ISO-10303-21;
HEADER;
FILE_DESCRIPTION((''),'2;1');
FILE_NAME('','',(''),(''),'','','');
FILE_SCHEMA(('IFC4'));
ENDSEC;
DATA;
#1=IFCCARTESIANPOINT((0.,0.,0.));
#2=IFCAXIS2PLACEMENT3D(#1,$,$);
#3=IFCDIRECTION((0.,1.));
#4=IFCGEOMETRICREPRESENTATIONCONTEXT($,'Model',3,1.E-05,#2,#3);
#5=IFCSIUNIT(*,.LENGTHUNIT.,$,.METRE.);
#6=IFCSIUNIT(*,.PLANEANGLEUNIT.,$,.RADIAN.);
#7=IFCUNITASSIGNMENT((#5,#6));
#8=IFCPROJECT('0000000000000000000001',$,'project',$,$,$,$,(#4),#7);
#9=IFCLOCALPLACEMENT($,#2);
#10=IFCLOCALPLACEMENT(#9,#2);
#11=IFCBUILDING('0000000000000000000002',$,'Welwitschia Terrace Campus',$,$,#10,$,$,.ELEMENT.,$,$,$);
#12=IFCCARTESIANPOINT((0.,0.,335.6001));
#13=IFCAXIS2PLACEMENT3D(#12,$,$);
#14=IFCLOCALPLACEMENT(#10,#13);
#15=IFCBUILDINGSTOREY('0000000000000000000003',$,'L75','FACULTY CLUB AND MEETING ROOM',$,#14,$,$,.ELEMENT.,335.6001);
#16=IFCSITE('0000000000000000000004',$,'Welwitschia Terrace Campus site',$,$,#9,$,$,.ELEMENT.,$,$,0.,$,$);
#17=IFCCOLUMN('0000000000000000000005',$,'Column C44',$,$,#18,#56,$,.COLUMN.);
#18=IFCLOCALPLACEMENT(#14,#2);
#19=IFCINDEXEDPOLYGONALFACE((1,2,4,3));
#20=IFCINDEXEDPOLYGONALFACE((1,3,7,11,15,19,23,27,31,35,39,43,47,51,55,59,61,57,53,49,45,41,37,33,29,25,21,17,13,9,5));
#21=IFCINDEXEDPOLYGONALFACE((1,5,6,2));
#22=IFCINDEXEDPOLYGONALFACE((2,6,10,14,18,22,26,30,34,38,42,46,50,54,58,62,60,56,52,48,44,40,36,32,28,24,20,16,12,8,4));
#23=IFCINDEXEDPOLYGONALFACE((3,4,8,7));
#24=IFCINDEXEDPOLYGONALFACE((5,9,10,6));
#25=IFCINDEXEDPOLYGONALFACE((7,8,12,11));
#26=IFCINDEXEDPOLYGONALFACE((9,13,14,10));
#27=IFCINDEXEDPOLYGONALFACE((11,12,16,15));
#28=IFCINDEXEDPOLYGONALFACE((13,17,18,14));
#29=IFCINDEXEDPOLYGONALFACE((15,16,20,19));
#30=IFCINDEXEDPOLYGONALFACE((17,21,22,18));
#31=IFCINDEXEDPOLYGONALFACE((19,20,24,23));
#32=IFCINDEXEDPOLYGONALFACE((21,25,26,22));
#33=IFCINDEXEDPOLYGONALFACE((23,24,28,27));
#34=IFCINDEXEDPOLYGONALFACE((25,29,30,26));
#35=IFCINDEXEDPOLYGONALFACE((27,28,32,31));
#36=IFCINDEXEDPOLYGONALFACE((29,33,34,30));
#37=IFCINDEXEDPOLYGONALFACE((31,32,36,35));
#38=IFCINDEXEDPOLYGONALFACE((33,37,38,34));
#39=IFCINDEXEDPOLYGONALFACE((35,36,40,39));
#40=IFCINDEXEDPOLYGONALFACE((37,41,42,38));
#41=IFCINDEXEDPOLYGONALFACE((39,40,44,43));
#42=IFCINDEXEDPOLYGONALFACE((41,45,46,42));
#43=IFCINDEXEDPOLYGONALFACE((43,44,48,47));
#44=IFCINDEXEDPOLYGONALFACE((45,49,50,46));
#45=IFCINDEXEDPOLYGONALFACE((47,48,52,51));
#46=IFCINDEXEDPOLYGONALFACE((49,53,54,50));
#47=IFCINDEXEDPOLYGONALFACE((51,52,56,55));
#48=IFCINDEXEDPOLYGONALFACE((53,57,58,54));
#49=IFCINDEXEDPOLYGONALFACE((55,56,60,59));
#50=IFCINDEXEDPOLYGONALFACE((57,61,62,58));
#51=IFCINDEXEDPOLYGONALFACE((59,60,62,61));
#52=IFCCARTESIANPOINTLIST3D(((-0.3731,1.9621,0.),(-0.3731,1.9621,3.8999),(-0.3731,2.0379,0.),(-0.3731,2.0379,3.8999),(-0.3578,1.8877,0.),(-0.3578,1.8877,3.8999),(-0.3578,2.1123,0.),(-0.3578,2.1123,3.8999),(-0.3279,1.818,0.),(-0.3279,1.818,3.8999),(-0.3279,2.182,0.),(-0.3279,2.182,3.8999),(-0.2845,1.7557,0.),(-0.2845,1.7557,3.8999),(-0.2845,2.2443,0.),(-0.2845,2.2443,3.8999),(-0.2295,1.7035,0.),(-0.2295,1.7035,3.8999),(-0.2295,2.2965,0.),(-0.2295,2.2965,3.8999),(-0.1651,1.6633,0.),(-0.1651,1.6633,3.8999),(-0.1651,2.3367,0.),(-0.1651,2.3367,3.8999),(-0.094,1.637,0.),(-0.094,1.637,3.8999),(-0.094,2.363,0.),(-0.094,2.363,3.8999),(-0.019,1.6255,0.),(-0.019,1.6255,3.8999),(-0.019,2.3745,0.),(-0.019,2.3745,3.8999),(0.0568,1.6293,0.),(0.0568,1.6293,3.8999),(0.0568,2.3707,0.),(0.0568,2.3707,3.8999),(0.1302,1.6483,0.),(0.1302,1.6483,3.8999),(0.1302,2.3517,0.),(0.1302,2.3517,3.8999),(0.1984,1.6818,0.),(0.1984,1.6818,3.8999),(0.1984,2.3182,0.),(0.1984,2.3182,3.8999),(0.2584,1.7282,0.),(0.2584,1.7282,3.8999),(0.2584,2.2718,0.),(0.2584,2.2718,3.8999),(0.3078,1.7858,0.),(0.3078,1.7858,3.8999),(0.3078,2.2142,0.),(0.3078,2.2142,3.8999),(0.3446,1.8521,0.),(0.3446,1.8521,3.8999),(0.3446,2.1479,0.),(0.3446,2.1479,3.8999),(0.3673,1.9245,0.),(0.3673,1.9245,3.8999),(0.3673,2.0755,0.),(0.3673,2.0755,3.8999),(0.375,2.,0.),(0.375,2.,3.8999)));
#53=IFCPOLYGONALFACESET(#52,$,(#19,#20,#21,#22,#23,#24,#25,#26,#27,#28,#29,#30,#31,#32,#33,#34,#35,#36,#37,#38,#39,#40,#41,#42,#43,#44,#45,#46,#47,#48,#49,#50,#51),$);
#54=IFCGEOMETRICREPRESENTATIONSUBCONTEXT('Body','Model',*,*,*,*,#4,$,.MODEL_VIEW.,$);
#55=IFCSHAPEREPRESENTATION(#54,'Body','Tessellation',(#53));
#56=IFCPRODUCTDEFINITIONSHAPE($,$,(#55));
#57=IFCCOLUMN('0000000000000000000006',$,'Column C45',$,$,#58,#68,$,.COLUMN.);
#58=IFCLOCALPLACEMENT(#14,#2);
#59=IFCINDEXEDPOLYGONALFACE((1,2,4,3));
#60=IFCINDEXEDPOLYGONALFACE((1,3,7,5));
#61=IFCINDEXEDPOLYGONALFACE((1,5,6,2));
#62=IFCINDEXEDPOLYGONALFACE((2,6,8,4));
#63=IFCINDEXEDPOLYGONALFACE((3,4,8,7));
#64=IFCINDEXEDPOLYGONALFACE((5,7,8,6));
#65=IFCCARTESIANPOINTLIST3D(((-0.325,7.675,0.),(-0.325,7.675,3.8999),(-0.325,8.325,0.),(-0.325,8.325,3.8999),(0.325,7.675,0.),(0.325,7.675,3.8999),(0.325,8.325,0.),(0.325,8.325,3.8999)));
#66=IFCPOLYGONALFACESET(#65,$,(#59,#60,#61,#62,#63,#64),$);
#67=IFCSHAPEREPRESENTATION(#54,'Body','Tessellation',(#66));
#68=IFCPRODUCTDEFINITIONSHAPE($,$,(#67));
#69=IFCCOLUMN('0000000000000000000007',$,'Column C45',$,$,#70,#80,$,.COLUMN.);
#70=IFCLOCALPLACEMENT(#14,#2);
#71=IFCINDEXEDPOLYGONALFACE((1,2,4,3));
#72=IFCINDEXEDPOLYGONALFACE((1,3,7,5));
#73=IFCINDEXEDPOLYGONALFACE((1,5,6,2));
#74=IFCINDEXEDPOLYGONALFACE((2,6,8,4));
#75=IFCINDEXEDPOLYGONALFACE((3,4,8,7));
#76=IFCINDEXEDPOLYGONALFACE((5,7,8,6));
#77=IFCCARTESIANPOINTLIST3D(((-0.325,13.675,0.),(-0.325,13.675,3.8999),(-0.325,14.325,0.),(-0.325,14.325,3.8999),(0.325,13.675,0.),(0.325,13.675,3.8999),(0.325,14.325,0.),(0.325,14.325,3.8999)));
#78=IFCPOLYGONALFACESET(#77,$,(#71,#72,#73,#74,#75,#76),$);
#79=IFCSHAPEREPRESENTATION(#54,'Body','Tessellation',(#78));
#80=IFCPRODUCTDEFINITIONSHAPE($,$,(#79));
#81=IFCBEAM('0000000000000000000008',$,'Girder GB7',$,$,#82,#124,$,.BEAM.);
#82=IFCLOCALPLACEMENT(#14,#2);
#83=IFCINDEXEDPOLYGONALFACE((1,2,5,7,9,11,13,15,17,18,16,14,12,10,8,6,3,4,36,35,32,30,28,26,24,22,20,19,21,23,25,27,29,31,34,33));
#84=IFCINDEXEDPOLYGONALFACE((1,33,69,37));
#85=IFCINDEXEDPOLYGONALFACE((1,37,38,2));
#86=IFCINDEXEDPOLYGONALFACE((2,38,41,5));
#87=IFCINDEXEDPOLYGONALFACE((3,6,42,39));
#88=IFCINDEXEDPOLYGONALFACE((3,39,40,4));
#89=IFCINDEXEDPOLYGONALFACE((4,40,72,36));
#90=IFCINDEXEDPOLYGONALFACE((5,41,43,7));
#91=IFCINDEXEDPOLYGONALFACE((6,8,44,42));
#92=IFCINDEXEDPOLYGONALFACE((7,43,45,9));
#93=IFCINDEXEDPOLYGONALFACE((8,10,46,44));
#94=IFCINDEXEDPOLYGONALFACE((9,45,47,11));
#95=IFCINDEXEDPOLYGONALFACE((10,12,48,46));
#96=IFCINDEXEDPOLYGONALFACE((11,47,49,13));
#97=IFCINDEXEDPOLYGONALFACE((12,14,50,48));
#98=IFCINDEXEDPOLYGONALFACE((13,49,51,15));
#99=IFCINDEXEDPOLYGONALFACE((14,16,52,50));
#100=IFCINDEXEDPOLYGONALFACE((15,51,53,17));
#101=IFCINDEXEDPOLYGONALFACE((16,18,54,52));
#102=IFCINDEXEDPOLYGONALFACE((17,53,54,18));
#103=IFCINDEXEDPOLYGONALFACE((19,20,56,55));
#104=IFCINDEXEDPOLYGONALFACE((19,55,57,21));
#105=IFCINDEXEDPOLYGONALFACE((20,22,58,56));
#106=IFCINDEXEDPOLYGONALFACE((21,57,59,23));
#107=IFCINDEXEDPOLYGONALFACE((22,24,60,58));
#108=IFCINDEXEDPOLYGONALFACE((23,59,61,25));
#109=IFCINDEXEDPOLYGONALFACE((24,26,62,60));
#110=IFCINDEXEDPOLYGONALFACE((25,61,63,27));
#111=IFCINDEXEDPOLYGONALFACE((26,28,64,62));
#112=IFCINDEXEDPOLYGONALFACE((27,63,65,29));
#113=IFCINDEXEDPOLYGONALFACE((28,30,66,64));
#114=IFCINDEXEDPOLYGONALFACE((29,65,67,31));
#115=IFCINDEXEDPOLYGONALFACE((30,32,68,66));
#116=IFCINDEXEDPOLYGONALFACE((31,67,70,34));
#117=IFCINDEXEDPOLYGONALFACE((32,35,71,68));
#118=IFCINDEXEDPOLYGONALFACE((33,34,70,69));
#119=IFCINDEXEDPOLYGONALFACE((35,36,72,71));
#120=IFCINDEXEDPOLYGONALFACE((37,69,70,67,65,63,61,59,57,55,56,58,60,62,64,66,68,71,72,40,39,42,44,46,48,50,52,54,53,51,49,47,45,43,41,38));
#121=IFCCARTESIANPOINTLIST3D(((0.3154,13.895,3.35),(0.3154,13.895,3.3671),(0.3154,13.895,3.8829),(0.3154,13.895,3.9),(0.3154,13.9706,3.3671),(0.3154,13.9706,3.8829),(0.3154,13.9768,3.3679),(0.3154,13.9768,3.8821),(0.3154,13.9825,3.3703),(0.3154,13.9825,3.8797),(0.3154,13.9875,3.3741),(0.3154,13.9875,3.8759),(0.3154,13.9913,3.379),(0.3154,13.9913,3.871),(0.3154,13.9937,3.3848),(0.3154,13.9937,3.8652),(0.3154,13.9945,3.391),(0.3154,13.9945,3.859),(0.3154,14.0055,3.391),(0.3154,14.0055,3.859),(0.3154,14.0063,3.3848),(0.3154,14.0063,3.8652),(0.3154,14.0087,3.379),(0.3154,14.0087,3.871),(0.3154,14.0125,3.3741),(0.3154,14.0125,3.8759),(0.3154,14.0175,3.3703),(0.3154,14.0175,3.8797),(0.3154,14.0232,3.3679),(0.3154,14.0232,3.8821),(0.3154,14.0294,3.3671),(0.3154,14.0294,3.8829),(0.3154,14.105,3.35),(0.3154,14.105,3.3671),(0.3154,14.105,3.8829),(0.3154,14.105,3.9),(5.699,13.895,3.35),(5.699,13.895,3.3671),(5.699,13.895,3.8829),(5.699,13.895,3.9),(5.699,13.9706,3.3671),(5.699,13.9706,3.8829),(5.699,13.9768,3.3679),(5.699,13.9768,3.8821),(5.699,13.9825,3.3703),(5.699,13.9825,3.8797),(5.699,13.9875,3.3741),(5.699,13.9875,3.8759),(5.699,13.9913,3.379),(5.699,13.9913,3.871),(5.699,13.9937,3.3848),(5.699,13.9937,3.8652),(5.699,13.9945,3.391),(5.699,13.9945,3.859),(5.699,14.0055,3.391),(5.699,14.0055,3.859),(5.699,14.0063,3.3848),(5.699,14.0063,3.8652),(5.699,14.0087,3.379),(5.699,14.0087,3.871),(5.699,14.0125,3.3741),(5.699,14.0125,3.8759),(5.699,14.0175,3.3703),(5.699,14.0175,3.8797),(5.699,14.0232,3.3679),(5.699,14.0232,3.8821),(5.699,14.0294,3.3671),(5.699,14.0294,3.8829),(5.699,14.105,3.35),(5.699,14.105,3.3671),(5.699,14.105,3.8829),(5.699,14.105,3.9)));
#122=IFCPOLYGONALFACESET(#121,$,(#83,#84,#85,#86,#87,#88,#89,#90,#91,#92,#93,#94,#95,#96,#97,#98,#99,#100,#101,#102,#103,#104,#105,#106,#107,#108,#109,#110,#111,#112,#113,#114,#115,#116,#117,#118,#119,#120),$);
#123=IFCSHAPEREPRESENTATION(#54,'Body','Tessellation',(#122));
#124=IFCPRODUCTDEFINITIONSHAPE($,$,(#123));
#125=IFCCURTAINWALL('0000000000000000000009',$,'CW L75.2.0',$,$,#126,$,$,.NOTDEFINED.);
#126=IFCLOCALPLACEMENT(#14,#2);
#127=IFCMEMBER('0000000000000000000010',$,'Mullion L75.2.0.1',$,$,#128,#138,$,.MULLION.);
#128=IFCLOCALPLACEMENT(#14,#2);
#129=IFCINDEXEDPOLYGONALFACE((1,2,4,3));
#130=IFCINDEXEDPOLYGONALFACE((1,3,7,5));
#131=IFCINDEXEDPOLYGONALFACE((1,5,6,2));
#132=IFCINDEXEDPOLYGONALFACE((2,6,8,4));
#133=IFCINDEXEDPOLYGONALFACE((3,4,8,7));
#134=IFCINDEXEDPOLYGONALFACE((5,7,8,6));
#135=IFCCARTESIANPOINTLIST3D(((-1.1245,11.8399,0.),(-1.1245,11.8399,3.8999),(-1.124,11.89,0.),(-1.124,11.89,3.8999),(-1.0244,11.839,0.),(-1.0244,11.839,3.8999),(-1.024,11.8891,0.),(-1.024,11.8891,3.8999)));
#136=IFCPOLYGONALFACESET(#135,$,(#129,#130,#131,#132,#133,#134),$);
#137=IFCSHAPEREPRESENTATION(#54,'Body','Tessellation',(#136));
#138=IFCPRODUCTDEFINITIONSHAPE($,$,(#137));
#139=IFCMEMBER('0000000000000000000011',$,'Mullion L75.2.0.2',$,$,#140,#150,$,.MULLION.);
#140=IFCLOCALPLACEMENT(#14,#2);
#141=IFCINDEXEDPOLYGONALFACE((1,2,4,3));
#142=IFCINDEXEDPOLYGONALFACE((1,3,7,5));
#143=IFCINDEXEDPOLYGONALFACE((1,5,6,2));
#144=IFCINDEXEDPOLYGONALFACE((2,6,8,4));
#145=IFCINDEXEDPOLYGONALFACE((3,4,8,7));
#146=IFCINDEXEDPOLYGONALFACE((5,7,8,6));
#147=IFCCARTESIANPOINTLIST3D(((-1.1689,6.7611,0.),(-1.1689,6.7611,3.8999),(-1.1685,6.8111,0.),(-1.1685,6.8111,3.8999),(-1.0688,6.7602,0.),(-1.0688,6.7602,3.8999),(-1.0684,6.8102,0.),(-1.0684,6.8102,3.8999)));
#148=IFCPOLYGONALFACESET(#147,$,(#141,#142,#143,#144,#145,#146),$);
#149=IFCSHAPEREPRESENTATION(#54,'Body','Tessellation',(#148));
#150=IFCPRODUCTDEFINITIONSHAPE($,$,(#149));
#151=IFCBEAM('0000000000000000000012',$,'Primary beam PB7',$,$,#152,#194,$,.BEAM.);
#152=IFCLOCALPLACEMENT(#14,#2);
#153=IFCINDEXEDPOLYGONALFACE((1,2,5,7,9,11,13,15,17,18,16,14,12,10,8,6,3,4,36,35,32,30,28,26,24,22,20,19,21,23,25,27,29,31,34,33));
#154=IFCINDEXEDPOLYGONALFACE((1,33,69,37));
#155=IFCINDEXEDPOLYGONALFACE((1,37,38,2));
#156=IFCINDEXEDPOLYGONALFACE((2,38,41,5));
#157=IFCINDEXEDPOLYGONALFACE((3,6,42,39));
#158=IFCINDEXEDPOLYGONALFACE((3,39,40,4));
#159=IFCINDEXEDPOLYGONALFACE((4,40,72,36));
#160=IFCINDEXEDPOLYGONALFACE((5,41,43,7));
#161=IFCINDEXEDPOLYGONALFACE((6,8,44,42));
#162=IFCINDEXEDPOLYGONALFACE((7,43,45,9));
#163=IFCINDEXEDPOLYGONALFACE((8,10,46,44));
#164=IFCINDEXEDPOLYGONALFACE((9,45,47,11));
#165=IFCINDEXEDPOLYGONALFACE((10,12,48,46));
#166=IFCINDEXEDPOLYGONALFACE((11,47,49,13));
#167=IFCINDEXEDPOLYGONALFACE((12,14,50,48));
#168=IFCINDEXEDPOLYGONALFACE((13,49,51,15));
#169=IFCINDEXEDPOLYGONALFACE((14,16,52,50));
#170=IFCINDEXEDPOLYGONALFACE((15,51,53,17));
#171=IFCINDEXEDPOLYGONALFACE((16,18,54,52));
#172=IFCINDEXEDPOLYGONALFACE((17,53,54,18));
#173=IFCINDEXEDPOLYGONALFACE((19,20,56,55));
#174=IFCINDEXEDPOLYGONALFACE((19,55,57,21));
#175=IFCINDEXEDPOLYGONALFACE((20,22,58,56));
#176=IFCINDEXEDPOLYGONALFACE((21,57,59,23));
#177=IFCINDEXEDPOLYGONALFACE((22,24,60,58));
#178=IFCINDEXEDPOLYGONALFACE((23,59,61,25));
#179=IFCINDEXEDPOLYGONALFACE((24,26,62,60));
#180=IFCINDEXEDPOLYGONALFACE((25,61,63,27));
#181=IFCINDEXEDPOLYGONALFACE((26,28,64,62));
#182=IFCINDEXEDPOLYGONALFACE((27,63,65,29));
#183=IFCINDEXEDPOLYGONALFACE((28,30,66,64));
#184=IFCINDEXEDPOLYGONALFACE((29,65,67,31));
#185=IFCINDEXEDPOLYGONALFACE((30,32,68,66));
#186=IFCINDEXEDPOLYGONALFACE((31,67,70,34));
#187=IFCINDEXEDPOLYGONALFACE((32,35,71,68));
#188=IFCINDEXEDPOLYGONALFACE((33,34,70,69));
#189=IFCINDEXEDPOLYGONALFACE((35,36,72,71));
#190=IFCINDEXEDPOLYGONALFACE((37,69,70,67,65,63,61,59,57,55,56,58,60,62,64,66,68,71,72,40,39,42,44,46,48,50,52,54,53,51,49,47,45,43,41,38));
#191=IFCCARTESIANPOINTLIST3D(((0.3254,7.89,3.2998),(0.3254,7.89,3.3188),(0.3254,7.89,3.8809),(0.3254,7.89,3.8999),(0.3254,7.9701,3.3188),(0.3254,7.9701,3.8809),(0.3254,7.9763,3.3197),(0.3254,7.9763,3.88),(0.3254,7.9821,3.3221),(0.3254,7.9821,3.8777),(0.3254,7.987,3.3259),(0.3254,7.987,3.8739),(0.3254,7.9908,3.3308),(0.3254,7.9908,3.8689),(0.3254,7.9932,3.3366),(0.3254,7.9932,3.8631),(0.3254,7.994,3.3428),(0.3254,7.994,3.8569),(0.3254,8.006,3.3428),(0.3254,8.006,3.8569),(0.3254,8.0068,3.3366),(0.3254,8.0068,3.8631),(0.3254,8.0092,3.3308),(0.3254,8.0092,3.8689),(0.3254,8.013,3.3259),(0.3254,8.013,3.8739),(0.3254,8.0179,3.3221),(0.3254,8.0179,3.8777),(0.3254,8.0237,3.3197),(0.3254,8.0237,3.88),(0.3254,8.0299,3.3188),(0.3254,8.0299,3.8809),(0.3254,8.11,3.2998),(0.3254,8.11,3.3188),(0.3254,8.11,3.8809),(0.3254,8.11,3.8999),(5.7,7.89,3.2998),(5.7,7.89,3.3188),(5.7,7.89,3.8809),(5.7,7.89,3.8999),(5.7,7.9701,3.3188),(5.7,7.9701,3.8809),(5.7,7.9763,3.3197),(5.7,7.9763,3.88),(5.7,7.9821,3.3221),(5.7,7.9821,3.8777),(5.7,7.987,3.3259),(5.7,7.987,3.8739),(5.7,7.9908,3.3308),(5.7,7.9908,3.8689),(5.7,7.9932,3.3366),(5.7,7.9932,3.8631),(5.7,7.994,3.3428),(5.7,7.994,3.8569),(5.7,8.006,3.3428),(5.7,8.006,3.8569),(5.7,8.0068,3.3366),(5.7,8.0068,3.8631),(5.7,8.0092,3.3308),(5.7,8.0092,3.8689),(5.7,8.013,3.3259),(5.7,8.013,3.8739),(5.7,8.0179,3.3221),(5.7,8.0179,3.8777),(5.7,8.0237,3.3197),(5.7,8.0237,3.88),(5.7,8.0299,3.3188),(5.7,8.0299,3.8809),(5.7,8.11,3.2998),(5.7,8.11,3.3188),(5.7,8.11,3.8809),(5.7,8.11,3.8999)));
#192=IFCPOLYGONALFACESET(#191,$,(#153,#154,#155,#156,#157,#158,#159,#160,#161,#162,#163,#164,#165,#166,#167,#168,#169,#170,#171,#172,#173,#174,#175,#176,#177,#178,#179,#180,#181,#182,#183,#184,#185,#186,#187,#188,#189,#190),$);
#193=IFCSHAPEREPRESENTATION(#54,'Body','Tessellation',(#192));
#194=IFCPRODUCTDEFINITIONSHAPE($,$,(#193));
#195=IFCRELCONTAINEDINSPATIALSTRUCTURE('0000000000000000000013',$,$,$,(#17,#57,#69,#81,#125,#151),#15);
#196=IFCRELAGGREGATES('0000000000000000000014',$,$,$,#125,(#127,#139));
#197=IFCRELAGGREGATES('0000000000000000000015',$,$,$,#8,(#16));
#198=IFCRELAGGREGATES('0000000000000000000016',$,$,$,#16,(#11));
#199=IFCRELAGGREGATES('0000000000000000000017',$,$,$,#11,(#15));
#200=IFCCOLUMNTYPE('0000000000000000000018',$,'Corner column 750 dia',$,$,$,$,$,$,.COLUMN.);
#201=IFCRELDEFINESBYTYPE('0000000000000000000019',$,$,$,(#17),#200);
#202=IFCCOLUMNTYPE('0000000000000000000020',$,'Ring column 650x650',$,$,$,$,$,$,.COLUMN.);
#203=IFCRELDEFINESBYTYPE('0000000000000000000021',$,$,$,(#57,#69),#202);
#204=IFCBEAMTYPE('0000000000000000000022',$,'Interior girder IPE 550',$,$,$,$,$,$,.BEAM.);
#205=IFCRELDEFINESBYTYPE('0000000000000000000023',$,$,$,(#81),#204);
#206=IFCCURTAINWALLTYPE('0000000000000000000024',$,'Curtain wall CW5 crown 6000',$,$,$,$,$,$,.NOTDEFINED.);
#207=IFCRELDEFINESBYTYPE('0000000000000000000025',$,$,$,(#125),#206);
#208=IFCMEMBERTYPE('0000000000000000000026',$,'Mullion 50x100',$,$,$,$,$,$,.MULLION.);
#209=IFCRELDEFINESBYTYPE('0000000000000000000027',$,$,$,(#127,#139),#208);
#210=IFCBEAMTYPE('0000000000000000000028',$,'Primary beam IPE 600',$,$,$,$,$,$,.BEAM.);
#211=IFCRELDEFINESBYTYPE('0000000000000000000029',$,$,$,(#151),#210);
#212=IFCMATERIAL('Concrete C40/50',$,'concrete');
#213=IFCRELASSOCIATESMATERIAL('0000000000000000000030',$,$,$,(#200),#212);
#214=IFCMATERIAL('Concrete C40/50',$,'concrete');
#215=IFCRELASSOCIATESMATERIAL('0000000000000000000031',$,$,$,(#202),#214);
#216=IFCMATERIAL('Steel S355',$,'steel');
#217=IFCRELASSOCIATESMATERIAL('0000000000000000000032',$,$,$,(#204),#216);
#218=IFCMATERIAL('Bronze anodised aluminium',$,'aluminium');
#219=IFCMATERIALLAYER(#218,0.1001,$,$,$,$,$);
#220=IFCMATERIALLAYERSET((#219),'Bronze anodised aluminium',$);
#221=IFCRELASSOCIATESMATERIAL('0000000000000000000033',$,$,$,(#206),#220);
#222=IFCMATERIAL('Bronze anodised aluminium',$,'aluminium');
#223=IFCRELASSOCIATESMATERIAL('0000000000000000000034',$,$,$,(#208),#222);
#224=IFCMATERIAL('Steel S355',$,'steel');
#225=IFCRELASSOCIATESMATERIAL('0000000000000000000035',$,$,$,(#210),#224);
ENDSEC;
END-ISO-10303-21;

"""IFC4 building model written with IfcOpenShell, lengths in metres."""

from ifc_helpers import new_model, si_unit, direction, frame, origin, origin_2d, place, context, subcontext, project, spatial, rectangle, circle, i_section, extrude, material, layer, layer_set, material_profile, profile_set, type_object, element, aggregate, save


model = new_model("IFC4")

# Units and contexts
model_context = context("Model", 3, precision=1e-05, world=origin(), true_north=direction((0.0, 1.0)))
body_context = subcontext(model_context, "Body", "Model", "MODEL_VIEW")
ifc_project = project(units=[si_unit("LENGTHUNIT", "METRE"), si_unit("PLANEANGLEUNIT", "RADIAN")], contexts=[model_context])

# Site, building, storey
site_placement = place(None, origin())
site = spatial("IfcSite", under=ifc_project, at=site_placement, Name="Welwitschia Terrace Campus site", CompositionType="ELEMENT", RefElevation=0.0)
building_placement = place(site_placement, origin())
building = spatial("IfcBuilding", under=site, at=building_placement, Name="Welwitschia Terrace Campus", CompositionType="ELEMENT")
storey_placement = place(building_placement, frame((0.0, 0.0, 335.6001)))
storey = spatial("IfcBuildingStorey", under=building, at=storey_placement, Name="L75", Description="FACULTY CLUB AND MEETING ROOM", CompositionType="ELEMENT", Elevation=335.6001)

# Columns
ifc_material_1 = material(Name="Concrete C40/50", Category="concrete")
ifc_material_profile_1 = material_profile(ifc_material_1, circle(Radius=0.375, at=origin_2d()))
ifc_profile_set_1 = profile_set([ifc_material_profile_1], Name="Concrete C40/50")
column_type_1 = type_object("IfcColumnType", Name="Corner column 750 dia", PredefinedType="COLUMN", material=ifc_profile_set_1)
column_placement = place(storey_placement, frame((0.0, 2.0, 0.0), z_axis=(0.0, 0.0, 1.0), x_axis=(1.0, 0.0, 0.0)))
element("IfcColumn", 1, at=column_placement, inside=storey, type_object=column_type_1, Name="Column C44", PredefinedType="COLUMN", context=body_context, shape_type="SweptSolid", body=[
    extrude(circle(Radius=0.375, at=origin_2d()), origin(), (0.0, 0.0, 1.0), 3.8999),
])
ifc_material_2 = material(Name="Concrete C40/50", Category="concrete")
ifc_material_profile_2 = material_profile(ifc_material_2, rectangle(XDim=0.6499, YDim=0.6499, at=origin_2d()))
ifc_profile_set_2 = profile_set([ifc_material_profile_2], Name="Concrete C40/50")
column_type_2 = type_object("IfcColumnType", Name="Ring column 650x650", PredefinedType="COLUMN", material=ifc_profile_set_2)
for number, where, z_axis, x_axis, name in (
    (2, (0.0, 8.0, 0.0), (0.0, 0.0, 1.0), (1.0, 0.0, 0.0), "Column C45"),
    (3, (0.0, 14.0, 0.0), (0.0, 0.0, 1.0), (1.0, 0.0, 0.0), "Column C45"),
):
    element("IfcColumn", number, at=place(storey_placement, frame(where, z_axis=z_axis, x_axis=x_axis)), inside=storey, type_object=column_type_2, Name=name, PredefinedType="COLUMN", context=body_context, shape_type="SweptSolid", body=[
        extrude(rectangle(XDim=0.6499, YDim=0.6499, at=origin_2d()), origin(), (0.0, 0.0, 1.0), 3.8999),
    ])

# Beam
ifc_material_3 = material(Name="Steel S355", Category="steel")
ifc_material_profile_3 = material_profile(ifc_material_3, i_section(OverallWidth=0.21, OverallDepth=0.55, WebThickness=0.011, FlangeThickness=0.0171, FilletRadius=0.0239, at=origin_2d()))
ifc_profile_set_3 = profile_set([ifc_material_profile_3], Name="Steel S355")
beam_type_1 = type_object("IfcBeamType", Name="Interior girder IPE 550", PredefinedType="BEAM", material=ifc_profile_set_3)
beam_1_placement = place(storey_placement, frame((0.3154, 14.0, 3.625), z_axis=(1.0, 0.0, 0.0), x_axis=(0.0, 1.0, 0.0)))
element("IfcBeam", 4, at=beam_1_placement, inside=storey, type_object=beam_type_1, Name="Girder GB7", PredefinedType="BEAM", context=body_context, shape_type="SweptSolid", body=[
    extrude(i_section(OverallWidth=0.21, OverallDepth=0.55, WebThickness=0.011, FlangeThickness=0.0171, FilletRadius=0.0239, at=origin_2d()), origin(), (0.0, 0.0, 1.0), 5.3835),
])

# Curtain wall, members
ifc_material_4 = material(Name="Bronze anodised aluminium", Category="aluminium")
ifc_layer_1 = layer(ifc_material_4, 0.1001)
ifc_layer_set_1 = layer_set([ifc_layer_1], Name="Bronze anodised aluminium")
curtain_wall_type = type_object("IfcCurtainWallType", Name="Curtain wall CW5 crown 6000", PredefinedType="NOTDEFINED", material=ifc_layer_set_1)
curtain_wall_placement = place(storey_placement, origin())
curtain_wall = element("IfcCurtainWall", 5, at=curtain_wall_placement, inside=storey, type_object=curtain_wall_type, Name="CW L75.2.0", PredefinedType="NOTDEFINED")
ifc_material_5 = material(Name="Bronze anodised aluminium", Category="aluminium")
ifc_material_profile_4 = material_profile(ifc_material_5, rectangle(XDim=0.1001, YDim=0.05, at=origin_2d()))
ifc_profile_set_4 = profile_set([ifc_material_profile_4], Name="Bronze anodised aluminium")
member_type = type_object("IfcMemberType", Name="Mullion 50x100", PredefinedType="MULLION", material=ifc_profile_set_4)
member_1_placement = place(storey_placement, frame((-1.0742, 11.8645, 0.0), z_axis=(0.0, 0.0, 1.0), x_axis=(0.999962, -0.008727, 0.0)))
member_1 = element("IfcMember", 6, at=member_1_placement, type_object=member_type, Name="Mullion L75.2.0.1", PredefinedType="MULLION", context=body_context, shape_type="SweptSolid", body=[
    extrude(rectangle(XDim=0.1001, YDim=0.05, at=origin_2d()), origin(), (0.0, 0.0, 1.0), 3.8999),
])
member_2_placement = place(storey_placement, frame((-1.1187, 6.7856, 0.0), z_axis=(0.0, 0.0, 1.0), x_axis=(0.999962, -0.008727, 0.0)))
member_2 = element("IfcMember", 7, at=member_2_placement, type_object=member_type, Name="Mullion L75.2.0.2", PredefinedType="MULLION", context=body_context, shape_type="SweptSolid", body=[
    extrude(rectangle(XDim=0.1001, YDim=0.05, at=origin_2d()), origin(), (0.0, 0.0, 1.0), 3.8999),
])

# Beam
ifc_material_6 = material(Name="Steel S355", Category="steel")
ifc_material_profile_5 = material_profile(ifc_material_6, i_section(OverallWidth=0.22, OverallDepth=0.6001, WebThickness=0.012, FlangeThickness=0.019, FilletRadius=0.0239, at=origin_2d()))
ifc_profile_set_5 = profile_set([ifc_material_profile_5], Name="Steel S355")
beam_type_2 = type_object("IfcBeamType", Name="Primary beam IPE 600", PredefinedType="BEAM", material=ifc_profile_set_5)
beam_2_placement = place(storey_placement, frame((0.3254, 8.0, 3.5999), z_axis=(1.0, 0.0, 0.0), x_axis=(0.0, 1.0, 0.0)))
element("IfcBeam", 8, at=beam_2_placement, inside=storey, type_object=beam_type_2, Name="Primary beam PB7", PredefinedType="BEAM", context=body_context, shape_type="SweptSolid", body=[
    extrude(i_section(OverallWidth=0.22, OverallDepth=0.6001, WebThickness=0.012, FlangeThickness=0.019, FilletRadius=0.0239, at=origin_2d()), origin(), (0.0, 0.0, 1.0), 5.3745),
])

aggregate(curtain_wall, [member_1, member_2])

save(model, "model.ifc")
